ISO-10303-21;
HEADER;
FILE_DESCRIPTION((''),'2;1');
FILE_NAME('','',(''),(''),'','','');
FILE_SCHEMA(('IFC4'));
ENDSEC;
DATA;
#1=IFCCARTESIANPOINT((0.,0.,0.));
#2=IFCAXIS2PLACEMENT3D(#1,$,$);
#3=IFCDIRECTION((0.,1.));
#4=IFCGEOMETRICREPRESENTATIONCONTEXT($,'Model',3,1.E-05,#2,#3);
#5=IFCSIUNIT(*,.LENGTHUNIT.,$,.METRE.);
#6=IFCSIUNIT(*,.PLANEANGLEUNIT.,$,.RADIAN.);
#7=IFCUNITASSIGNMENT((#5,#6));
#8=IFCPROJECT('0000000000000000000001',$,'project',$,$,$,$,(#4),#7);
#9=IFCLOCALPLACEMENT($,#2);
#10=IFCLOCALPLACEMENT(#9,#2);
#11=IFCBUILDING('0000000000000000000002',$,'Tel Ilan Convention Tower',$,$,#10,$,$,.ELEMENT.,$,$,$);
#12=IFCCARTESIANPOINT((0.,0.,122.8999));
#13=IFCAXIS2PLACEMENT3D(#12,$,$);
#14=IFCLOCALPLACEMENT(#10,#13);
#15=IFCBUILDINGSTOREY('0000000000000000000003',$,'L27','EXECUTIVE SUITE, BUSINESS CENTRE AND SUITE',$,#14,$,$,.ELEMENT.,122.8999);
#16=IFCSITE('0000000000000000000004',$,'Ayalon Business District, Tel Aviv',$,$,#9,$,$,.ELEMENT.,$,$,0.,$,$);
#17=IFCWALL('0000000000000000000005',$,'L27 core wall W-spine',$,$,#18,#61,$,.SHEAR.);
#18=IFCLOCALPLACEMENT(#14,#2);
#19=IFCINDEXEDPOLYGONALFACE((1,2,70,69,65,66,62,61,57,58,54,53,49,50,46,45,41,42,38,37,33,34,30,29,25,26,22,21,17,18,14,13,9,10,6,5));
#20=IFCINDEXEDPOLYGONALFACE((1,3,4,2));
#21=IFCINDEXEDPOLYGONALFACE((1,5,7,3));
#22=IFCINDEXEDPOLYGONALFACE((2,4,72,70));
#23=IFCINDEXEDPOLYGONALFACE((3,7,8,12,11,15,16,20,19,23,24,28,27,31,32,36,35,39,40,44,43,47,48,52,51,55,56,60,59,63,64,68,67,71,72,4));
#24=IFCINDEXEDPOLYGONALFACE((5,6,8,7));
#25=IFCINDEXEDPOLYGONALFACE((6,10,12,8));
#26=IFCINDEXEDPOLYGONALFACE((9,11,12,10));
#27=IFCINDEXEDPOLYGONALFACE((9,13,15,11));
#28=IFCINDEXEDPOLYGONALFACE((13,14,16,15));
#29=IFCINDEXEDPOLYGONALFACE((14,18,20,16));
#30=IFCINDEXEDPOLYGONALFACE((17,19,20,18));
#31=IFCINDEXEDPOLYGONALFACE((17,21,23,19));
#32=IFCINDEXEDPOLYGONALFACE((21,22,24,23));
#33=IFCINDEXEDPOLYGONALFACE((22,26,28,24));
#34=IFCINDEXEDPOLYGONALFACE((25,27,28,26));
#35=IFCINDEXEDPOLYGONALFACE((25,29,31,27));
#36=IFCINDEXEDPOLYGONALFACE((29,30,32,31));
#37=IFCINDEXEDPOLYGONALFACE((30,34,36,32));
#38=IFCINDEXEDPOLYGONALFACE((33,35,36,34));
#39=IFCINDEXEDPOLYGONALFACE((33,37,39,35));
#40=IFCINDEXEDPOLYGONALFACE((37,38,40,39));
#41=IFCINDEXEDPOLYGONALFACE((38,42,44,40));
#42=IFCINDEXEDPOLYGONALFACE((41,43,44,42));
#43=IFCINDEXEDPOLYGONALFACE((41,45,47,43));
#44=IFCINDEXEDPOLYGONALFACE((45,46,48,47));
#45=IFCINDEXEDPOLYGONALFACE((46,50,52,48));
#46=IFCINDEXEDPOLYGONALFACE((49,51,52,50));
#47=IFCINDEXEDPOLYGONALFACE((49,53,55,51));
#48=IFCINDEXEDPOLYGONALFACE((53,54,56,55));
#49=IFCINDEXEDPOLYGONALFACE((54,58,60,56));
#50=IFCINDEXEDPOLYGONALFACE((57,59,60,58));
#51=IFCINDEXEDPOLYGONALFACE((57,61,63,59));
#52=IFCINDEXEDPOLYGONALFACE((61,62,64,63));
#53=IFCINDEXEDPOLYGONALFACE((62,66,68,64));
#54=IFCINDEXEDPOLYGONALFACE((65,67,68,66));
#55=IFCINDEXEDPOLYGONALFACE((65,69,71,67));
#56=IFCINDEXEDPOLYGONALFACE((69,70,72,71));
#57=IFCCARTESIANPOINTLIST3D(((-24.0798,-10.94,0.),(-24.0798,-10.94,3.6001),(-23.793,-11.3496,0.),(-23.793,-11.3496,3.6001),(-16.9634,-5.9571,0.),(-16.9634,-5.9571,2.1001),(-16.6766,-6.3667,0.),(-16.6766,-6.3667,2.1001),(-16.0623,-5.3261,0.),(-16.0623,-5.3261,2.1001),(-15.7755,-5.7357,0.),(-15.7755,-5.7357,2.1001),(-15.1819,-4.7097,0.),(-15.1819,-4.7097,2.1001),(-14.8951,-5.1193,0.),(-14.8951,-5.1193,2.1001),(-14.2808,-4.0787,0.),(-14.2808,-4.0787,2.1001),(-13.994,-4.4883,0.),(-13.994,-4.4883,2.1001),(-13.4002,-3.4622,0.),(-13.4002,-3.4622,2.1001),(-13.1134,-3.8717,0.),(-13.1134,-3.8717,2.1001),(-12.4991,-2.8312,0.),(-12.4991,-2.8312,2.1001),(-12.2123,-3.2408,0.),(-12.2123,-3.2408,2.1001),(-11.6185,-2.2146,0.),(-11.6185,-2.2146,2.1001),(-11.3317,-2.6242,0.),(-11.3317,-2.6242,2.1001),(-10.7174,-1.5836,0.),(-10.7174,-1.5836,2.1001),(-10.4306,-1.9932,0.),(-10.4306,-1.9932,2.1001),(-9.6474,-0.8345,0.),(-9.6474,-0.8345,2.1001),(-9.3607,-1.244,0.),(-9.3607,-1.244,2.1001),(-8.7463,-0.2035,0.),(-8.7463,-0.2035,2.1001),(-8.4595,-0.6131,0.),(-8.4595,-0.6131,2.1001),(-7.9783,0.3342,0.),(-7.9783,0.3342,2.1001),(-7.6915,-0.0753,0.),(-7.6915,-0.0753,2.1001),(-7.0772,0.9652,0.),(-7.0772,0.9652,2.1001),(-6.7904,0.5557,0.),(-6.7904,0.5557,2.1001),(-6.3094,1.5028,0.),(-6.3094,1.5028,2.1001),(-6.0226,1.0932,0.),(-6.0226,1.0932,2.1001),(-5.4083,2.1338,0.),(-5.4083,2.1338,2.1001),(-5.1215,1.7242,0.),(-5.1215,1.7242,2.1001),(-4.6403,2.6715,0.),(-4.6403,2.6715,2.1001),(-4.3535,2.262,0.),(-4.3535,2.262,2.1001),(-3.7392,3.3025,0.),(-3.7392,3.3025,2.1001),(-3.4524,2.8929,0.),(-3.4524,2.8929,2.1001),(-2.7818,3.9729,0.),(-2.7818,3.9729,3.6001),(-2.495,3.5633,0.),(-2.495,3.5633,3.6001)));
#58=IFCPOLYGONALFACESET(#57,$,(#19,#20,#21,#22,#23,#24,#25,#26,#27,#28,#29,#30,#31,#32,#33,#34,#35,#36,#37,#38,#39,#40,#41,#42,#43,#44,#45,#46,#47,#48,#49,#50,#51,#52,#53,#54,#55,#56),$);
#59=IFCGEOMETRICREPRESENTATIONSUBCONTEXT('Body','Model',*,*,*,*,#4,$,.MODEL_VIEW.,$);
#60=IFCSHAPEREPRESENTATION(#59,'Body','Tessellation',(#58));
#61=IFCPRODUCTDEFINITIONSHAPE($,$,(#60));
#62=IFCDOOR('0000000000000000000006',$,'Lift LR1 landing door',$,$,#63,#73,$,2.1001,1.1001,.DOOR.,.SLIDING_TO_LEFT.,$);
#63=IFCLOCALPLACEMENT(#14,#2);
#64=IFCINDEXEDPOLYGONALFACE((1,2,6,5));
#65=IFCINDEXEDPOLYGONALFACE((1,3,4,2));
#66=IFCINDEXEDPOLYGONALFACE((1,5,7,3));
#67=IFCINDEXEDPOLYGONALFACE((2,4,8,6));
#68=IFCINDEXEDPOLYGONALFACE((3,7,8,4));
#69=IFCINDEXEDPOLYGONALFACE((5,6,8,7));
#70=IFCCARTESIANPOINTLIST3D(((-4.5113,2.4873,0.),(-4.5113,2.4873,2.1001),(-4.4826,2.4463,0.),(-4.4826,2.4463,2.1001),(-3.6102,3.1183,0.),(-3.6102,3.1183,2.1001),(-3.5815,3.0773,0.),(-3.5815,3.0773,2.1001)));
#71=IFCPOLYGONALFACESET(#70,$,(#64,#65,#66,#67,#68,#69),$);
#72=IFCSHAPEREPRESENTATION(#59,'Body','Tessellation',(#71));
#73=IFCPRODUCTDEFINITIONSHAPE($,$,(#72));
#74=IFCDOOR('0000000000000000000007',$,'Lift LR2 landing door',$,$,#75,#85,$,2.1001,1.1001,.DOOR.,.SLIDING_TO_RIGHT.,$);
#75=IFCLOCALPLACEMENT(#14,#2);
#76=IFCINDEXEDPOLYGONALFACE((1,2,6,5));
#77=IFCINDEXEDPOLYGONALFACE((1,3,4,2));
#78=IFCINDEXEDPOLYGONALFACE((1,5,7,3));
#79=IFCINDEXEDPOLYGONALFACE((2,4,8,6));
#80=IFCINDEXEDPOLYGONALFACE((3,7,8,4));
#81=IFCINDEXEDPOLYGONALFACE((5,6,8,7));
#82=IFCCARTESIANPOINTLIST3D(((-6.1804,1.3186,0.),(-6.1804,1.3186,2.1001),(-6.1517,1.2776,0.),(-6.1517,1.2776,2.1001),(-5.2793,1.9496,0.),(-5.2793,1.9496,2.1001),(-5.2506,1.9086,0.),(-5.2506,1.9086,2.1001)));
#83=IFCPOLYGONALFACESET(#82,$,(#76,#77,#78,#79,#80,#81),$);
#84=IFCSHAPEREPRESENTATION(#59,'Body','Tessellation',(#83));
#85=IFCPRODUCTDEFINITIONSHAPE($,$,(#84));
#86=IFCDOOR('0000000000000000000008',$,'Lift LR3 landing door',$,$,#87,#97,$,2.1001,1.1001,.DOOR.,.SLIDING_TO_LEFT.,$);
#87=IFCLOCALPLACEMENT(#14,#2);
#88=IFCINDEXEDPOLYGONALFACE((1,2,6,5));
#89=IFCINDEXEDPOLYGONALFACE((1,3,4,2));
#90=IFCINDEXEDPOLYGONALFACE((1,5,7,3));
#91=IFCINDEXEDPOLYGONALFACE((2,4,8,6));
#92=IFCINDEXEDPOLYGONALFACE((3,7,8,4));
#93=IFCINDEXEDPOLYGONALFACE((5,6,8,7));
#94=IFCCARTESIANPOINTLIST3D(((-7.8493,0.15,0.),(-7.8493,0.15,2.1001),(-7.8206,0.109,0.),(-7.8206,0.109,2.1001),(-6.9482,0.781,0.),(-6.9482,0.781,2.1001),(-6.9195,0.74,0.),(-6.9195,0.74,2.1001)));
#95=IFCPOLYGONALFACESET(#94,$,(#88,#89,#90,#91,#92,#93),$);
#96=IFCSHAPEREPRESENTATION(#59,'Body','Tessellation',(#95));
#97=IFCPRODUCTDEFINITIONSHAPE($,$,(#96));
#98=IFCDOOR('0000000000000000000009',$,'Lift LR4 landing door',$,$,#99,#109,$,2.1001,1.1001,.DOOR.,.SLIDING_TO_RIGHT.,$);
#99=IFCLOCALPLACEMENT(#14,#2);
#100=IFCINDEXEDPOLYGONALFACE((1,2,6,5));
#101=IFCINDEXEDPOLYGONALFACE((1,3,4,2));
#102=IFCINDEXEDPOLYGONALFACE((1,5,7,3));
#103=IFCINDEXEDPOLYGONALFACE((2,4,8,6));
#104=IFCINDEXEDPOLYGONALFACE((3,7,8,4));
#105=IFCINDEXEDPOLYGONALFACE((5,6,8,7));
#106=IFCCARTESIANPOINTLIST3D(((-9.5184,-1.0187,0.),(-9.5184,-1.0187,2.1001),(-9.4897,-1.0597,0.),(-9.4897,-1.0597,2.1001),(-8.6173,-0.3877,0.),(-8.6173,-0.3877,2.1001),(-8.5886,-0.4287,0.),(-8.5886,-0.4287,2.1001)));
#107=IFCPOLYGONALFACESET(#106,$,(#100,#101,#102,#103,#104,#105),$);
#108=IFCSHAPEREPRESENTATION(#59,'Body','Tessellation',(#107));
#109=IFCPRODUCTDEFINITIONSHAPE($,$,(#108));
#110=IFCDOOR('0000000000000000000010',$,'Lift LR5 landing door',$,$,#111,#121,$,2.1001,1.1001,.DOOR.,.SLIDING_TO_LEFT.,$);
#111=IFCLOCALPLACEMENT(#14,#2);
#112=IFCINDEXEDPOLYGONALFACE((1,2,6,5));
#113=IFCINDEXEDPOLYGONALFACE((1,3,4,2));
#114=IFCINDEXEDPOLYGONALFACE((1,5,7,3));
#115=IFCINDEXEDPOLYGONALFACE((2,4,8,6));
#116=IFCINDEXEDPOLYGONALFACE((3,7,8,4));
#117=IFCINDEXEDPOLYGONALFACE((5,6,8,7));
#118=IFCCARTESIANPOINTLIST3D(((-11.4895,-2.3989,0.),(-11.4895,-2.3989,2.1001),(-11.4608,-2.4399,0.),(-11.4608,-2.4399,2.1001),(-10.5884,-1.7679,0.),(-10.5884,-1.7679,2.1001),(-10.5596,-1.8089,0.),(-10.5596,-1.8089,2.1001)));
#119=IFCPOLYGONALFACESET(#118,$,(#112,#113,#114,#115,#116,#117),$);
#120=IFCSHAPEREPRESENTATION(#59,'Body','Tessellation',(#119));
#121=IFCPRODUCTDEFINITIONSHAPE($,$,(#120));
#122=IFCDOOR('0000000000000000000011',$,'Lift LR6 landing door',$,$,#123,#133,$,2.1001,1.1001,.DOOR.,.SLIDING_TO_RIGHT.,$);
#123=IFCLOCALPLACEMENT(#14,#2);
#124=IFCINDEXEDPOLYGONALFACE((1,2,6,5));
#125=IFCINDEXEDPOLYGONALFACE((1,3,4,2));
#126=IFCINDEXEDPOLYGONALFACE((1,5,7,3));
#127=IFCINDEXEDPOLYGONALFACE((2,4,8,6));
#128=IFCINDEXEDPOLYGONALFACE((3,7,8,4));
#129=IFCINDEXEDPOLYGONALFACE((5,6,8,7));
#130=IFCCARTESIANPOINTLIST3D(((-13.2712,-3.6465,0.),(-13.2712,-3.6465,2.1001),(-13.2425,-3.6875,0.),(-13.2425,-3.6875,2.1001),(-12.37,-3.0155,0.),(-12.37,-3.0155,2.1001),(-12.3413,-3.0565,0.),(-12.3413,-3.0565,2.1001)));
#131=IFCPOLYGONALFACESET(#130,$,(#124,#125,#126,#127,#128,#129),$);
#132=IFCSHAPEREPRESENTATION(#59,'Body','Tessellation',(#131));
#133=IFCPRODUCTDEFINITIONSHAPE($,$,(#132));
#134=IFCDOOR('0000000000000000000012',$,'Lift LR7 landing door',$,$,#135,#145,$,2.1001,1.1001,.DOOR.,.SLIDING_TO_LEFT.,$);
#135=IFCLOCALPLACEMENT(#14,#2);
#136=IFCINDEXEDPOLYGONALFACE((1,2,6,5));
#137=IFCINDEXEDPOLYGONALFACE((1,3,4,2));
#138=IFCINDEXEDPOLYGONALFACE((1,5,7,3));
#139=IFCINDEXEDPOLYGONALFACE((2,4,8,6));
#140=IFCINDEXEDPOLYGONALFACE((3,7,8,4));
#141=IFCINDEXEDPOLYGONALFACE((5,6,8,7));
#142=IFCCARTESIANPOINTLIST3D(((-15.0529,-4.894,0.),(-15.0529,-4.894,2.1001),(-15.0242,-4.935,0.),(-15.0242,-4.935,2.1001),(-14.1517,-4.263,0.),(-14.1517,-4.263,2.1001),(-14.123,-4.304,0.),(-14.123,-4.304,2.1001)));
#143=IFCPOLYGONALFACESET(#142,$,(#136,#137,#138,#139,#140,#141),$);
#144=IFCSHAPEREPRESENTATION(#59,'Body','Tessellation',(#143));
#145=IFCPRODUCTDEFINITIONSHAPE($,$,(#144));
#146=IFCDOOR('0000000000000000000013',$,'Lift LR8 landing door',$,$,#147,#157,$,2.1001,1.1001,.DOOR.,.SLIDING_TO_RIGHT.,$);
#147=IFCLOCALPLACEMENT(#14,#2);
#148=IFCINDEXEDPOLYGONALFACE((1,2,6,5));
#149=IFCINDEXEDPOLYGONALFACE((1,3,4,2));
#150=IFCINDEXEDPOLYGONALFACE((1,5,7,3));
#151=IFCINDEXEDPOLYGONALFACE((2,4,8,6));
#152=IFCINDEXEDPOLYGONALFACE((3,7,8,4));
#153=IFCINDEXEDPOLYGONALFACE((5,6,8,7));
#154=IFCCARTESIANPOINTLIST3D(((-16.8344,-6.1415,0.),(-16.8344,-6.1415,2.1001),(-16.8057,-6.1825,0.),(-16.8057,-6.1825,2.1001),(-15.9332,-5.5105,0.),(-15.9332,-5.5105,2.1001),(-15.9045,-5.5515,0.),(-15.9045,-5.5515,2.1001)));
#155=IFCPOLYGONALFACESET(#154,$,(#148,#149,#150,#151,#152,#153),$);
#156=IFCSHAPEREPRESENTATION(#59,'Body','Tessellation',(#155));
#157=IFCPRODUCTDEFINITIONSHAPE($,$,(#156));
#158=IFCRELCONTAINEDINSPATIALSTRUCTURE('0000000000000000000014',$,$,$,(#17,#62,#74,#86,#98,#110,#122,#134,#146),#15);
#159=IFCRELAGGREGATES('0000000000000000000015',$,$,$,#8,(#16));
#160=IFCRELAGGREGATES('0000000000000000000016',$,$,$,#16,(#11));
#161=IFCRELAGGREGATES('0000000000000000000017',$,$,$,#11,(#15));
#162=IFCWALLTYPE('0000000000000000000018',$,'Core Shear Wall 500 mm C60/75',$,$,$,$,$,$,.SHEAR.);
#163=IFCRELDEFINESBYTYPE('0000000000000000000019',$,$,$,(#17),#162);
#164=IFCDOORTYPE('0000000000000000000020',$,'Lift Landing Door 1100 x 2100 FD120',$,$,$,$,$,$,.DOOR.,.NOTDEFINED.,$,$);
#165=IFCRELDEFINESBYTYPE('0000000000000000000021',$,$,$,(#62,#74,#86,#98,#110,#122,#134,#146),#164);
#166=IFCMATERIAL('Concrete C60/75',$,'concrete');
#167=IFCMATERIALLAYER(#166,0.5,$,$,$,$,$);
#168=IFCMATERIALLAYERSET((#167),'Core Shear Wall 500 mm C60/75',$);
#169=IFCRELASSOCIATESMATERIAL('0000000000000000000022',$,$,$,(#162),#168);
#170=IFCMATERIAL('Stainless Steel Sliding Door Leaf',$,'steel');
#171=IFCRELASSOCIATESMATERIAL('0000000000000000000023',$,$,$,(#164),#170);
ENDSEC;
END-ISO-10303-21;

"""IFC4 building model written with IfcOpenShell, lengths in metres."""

from ifc_helpers import new_model, si_unit, direction, frame, frame_2d, origin, place, context, subcontext, project, spatial, polyline, rectangle, outline, extrude, material, layer, layer_set, type_object, element, fill, save


model = new_model("IFC4")

# Units and contexts
model_context = context("Model", 3, precision=1e-05, world=origin(), true_north=direction((0.0, 1.0)))
body_context = subcontext(model_context, "Body", "Model", "MODEL_VIEW")
ifc_project = project(units=[si_unit("LENGTHUNIT", "METRE"), si_unit("PLANEANGLEUNIT", "RADIAN")], contexts=[model_context])

# Site, building, storey
site_placement = place(None, origin())
site = spatial("IfcSite", under=ifc_project, at=site_placement, Name="Ayalon Business District, Tel Aviv", CompositionType="ELEMENT", RefElevation=0.0)
building_placement = place(site_placement, origin())
building = spatial("IfcBuilding", under=site, at=building_placement, Name="Tel Ilan Convention Tower", CompositionType="ELEMENT")
storey_placement = place(building_placement, frame((0.0, 0.0, 122.8999)))
storey = spatial("IfcBuildingStorey", under=building, at=storey_placement, Name="L27", Description="EXECUTIVE SUITE, BUSINESS CENTRE AND SUITE", CompositionType="ELEMENT", Elevation=122.8999)

# Wall, openings, doors
ifc_material_1 = material(Name="Concrete C60/75", Category="concrete")
ifc_layer_1 = layer(ifc_material_1, 0.5)
ifc_layer_set_1 = layer_set([ifc_layer_1], Name="Core Shear Wall 500 mm C60/75")
wall_type_1 = type_object("IfcWallType", Name="Core Shear Wall 500 mm C60/75", PredefinedType="SHEAR", material=ifc_layer_set_1)
wall_1_placement = place(storey_placement, frame((-2.6384, 3.7681, 0.0), z_axis=(0.0, 0.0, 1.0), x_axis=(-0.819149, -0.573581, 0.0)))
wall_1 = element("IfcWall", 1, at=wall_1_placement, inside=storey, type_object=wall_type_1, Name="L27 core wall W-spine", PredefinedType="SHEAR", context=body_context, shape_type="SweptSolid", body=[
    extrude(outline(polyline([(26.0, 0.2498), (0.0, 0.25), (0.0, -0.25), (26.0, -0.2502), (26.0, 0.2498)])), origin(), (0.0, 0.0, 1.0), 3.6001),
])
opening_1_placement = place(wall_1_placement, frame((1.1687, 0.0, 0.0)))
opening_1 = element("IfcOpeningElement", 2, at=opening_1_placement, cuts=wall_1, PredefinedType="OPENING", context=body_context, shape_type="SweptSolid", body=[
    extrude(rectangle(XDim=1.1001, YDim=2.1001, at=frame_2d((0.55, 1.05))), frame((0.0, 0.26, 0.0), z_axis=(0.0, -1.0, 0.0), x_axis=(1.0, 0.0, 0.0)), (0.0, 0.0, 1.0), 0.52),
])
opening_2_placement = place(wall_1_placement, frame((3.2063, 0.0, 0.0)))
opening_2 = element("IfcOpeningElement", 3, at=opening_2_placement, cuts=wall_1, PredefinedType="OPENING", context=body_context, shape_type="SweptSolid", body=[
    extrude(rectangle(XDim=1.1001, YDim=2.1001, at=frame_2d((0.55, 1.05))), frame((0.0, 0.26, 0.0), z_axis=(0.0, -1.0, 0.0), x_axis=(1.0, 0.0, 0.0)), (0.0, 0.0, 1.0), 0.52),
])
opening_3_placement = place(wall_1_placement, frame((5.2437, 0.0, 0.0)))
opening_3 = element("IfcOpeningElement", 4, at=opening_3_placement, cuts=wall_1, PredefinedType="OPENING", context=body_context, shape_type="SweptSolid", body=[
    extrude(rectangle(XDim=1.1001, YDim=2.1001, at=frame_2d((0.55, 1.05))), frame((0.0, 0.26, 0.0), z_axis=(0.0, -1.0, 0.0), x_axis=(1.0, 0.0, 0.0)), (0.0, 0.0, 1.0), 0.52),
])
opening_4_placement = place(wall_1_placement, frame((7.2812, 0.0, 0.0)))
opening_4 = element("IfcOpeningElement", 5, at=opening_4_placement, cuts=wall_1, PredefinedType="OPENING", context=body_context, shape_type="SweptSolid", body=[
    extrude(rectangle(XDim=1.1001, YDim=2.1001, at=frame_2d((0.55, 1.05))), frame((0.0, 0.26, 0.0), z_axis=(0.0, -1.0, 0.0), x_axis=(1.0, 0.0, 0.0)), (0.0, 0.0, 1.0), 0.52),
])
opening_5_placement = place(wall_1_placement, frame((9.6875, 0.0, 0.0)))
opening_5 = element("IfcOpeningElement", 6, at=opening_5_placement, cuts=wall_1, PredefinedType="OPENING", context=body_context, shape_type="SweptSolid", body=[
    extrude(rectangle(XDim=1.1001, YDim=2.1001, at=frame_2d((0.55, 1.05))), frame((0.0, 0.26, 0.0), z_axis=(0.0, -1.0, 0.0), x_axis=(1.0, 0.0, 0.0)), (0.0, 0.0, 1.0), 0.52),
])
opening_6_placement = place(wall_1_placement, frame((11.8625, 0.0, 0.0)))
opening_6 = element("IfcOpeningElement", 7, at=opening_6_placement, cuts=wall_1, PredefinedType="OPENING", context=body_context, shape_type="SweptSolid", body=[
    extrude(rectangle(XDim=1.1001, YDim=2.1001, at=frame_2d((0.55, 1.05))), frame((0.0, 0.26, 0.0), z_axis=(0.0, -1.0, 0.0), x_axis=(1.0, 0.0, 0.0)), (0.0, 0.0, 1.0), 0.52),
])
opening_7_placement = place(wall_1_placement, frame((14.0376, 0.0, 0.0)))
opening_7 = element("IfcOpeningElement", 8, at=opening_7_placement, cuts=wall_1, PredefinedType="OPENING", context=body_context, shape_type="SweptSolid", body=[
    extrude(rectangle(XDim=1.1001, YDim=2.1001, at=frame_2d((0.55, 1.05))), frame((0.0, 0.26, 0.0), z_axis=(0.0, -1.0, 0.0), x_axis=(1.0, 0.0, 0.0)), (0.0, 0.0, 1.0), 0.52),
])
opening_8_placement = place(wall_1_placement, frame((16.2124, 0.0, 0.0)))
opening_8 = element("IfcOpeningElement", 9, at=opening_8_placement, cuts=wall_1, PredefinedType="OPENING", context=body_context, shape_type="SweptSolid", body=[
    extrude(rectangle(XDim=1.1001, YDim=2.1001, at=frame_2d((0.55, 1.05))), frame((0.0, 0.26, 0.0), z_axis=(0.0, -1.0, 0.0), x_axis=(1.0, 0.0, 0.0)), (0.0, 0.0, 1.0), 0.52),
])
ifc_material_2 = material(Name="Stainless Steel Sliding Door Leaf", Category="steel")
door_type_1 = type_object("IfcDoorType", Name="Lift Landing Door 1100 x 2100 FD120", OperationType="NOTDEFINED", PredefinedType="DOOR", material=ifc_material_2)
door_1_placement = place(opening_1_placement, origin())
door_1 = element("IfcDoor", 10, at=door_1_placement, inside=storey, type_object=door_type_1, Name="Lift LR1 landing door", OperationType="SLIDING_TO_LEFT", OverallHeight=2.1001, OverallWidth=1.1001, PredefinedType="DOOR", context=body_context, shape_type="SweptSolid", body=[
    extrude(rectangle(XDim=1.1001, YDim=2.1001, at=frame_2d((0.55, 1.05))), frame((0.0, 0.0249, 0.0), z_axis=(0.0, -1.0, 0.0), x_axis=(1.0, 0.0, 0.0)), (0.0, 0.0, 1.0), 0.05),
])
fill(opening_1, door_1)
door_2_placement = place(opening_2_placement, origin())
door_2 = element("IfcDoor", 11, at=door_2_placement, inside=storey, type_object=door_type_1, Name="Lift LR2 landing door", OperationType="SLIDING_TO_RIGHT", OverallHeight=2.1001, OverallWidth=1.1001, PredefinedType="DOOR", context=body_context, shape_type="SweptSolid", body=[
    extrude(rectangle(XDim=1.1001, YDim=2.1001, at=frame_2d((0.55, 1.05))), frame((0.0, 0.0249, 0.0), z_axis=(0.0, -1.0, 0.0), x_axis=(1.0, 0.0, 0.0)), (0.0, 0.0, 1.0), 0.05),
])
fill(opening_2, door_2)
door_3_placement = place(opening_3_placement, origin())
door_3 = element("IfcDoor", 12, at=door_3_placement, inside=storey, type_object=door_type_1, Name="Lift LR3 landing door", OperationType="SLIDING_TO_LEFT", OverallHeight=2.1001, OverallWidth=1.1001, PredefinedType="DOOR", context=body_context, shape_type="SweptSolid", body=[
    extrude(rectangle(XDim=1.1001, YDim=2.1001, at=frame_2d((0.55, 1.05))), frame((0.0, 0.0249, 0.0), z_axis=(0.0, -1.0, 0.0), x_axis=(1.0, 0.0, 0.0)), (0.0, 0.0, 1.0), 0.05),
])
fill(opening_3, door_3)
door_4_placement = place(opening_4_placement, origin())
door_4 = element("IfcDoor", 13, at=door_4_placement, inside=storey, type_object=door_type_1, Name="Lift LR4 landing door", OperationType="SLIDING_TO_RIGHT", OverallHeight=2.1001, OverallWidth=1.1001, PredefinedType="DOOR", context=body_context, shape_type="SweptSolid", body=[
    extrude(rectangle(XDim=1.1001, YDim=2.1001, at=frame_2d((0.55, 1.05))), frame((0.0, 0.0249, 0.0), z_axis=(0.0, -1.0, 0.0), x_axis=(1.0, 0.0, 0.0)), (0.0, 0.0, 1.0), 0.05),
])
fill(opening_4, door_4)
door_5_placement = place(opening_5_placement, origin())
door_5 = element("IfcDoor", 14, at=door_5_placement, inside=storey, type_object=door_type_1, Name="Lift LR5 landing door", OperationType="SLIDING_TO_LEFT", OverallHeight=2.1001, OverallWidth=1.1001, PredefinedType="DOOR", context=body_context, shape_type="SweptSolid", body=[
    extrude(rectangle(XDim=1.1001, YDim=2.1001, at=frame_2d((0.55, 1.05))), frame((0.0, 0.0249, 0.0), z_axis=(0.0, -1.0, 0.0), x_axis=(1.0, 0.0, 0.0)), (0.0, 0.0, 1.0), 0.05),
])
fill(opening_5, door_5)
door_6_placement = place(opening_6_placement, origin())
door_6 = element("IfcDoor", 15, at=door_6_placement, inside=storey, type_object=door_type_1, Name="Lift LR6 landing door", OperationType="SLIDING_TO_RIGHT", OverallHeight=2.1001, OverallWidth=1.1001, PredefinedType="DOOR", context=body_context, shape_type="SweptSolid", body=[
    extrude(rectangle(XDim=1.1001, YDim=2.1001, at=frame_2d((0.55, 1.05))), frame((0.0, 0.0249, 0.0), z_axis=(0.0, -1.0, 0.0), x_axis=(1.0, 0.0, 0.0)), (0.0, 0.0, 1.0), 0.05),
])
fill(opening_6, door_6)
door_7_placement = place(opening_7_placement, origin())
door_7 = element("IfcDoor", 16, at=door_7_placement, inside=storey, type_object=door_type_1, Name="Lift LR7 landing door", OperationType="SLIDING_TO_LEFT", OverallHeight=2.1001, OverallWidth=1.1001, PredefinedType="DOOR", context=body_context, shape_type="SweptSolid", body=[
    extrude(rectangle(XDim=1.1001, YDim=2.1001, at=frame_2d((0.55, 1.05))), frame((0.0, 0.0249, 0.0), z_axis=(0.0, -1.0, 0.0), x_axis=(1.0, 0.0, 0.0)), (0.0, 0.0, 1.0), 0.05),
])
fill(opening_7, door_7)
door_8_placement = place(opening_8_placement, origin())
door_8 = element("IfcDoor", 17, at=door_8_placement, inside=storey, type_object=door_type_1, Name="Lift LR8 landing door", OperationType="SLIDING_TO_RIGHT", OverallHeight=2.1001, OverallWidth=1.1001, PredefinedType="DOOR", context=body_context, shape_type="SweptSolid", body=[
    extrude(rectangle(XDim=1.1001, YDim=2.1001, at=frame_2d((0.55, 1.05))), frame((0.0, 0.0249, 0.0), z_axis=(0.0, -1.0, 0.0), x_axis=(1.0, 0.0, 0.0)), (0.0, 0.0, 1.0), 0.05),
])
fill(opening_8, door_8)

save(model, "model.ifc")
